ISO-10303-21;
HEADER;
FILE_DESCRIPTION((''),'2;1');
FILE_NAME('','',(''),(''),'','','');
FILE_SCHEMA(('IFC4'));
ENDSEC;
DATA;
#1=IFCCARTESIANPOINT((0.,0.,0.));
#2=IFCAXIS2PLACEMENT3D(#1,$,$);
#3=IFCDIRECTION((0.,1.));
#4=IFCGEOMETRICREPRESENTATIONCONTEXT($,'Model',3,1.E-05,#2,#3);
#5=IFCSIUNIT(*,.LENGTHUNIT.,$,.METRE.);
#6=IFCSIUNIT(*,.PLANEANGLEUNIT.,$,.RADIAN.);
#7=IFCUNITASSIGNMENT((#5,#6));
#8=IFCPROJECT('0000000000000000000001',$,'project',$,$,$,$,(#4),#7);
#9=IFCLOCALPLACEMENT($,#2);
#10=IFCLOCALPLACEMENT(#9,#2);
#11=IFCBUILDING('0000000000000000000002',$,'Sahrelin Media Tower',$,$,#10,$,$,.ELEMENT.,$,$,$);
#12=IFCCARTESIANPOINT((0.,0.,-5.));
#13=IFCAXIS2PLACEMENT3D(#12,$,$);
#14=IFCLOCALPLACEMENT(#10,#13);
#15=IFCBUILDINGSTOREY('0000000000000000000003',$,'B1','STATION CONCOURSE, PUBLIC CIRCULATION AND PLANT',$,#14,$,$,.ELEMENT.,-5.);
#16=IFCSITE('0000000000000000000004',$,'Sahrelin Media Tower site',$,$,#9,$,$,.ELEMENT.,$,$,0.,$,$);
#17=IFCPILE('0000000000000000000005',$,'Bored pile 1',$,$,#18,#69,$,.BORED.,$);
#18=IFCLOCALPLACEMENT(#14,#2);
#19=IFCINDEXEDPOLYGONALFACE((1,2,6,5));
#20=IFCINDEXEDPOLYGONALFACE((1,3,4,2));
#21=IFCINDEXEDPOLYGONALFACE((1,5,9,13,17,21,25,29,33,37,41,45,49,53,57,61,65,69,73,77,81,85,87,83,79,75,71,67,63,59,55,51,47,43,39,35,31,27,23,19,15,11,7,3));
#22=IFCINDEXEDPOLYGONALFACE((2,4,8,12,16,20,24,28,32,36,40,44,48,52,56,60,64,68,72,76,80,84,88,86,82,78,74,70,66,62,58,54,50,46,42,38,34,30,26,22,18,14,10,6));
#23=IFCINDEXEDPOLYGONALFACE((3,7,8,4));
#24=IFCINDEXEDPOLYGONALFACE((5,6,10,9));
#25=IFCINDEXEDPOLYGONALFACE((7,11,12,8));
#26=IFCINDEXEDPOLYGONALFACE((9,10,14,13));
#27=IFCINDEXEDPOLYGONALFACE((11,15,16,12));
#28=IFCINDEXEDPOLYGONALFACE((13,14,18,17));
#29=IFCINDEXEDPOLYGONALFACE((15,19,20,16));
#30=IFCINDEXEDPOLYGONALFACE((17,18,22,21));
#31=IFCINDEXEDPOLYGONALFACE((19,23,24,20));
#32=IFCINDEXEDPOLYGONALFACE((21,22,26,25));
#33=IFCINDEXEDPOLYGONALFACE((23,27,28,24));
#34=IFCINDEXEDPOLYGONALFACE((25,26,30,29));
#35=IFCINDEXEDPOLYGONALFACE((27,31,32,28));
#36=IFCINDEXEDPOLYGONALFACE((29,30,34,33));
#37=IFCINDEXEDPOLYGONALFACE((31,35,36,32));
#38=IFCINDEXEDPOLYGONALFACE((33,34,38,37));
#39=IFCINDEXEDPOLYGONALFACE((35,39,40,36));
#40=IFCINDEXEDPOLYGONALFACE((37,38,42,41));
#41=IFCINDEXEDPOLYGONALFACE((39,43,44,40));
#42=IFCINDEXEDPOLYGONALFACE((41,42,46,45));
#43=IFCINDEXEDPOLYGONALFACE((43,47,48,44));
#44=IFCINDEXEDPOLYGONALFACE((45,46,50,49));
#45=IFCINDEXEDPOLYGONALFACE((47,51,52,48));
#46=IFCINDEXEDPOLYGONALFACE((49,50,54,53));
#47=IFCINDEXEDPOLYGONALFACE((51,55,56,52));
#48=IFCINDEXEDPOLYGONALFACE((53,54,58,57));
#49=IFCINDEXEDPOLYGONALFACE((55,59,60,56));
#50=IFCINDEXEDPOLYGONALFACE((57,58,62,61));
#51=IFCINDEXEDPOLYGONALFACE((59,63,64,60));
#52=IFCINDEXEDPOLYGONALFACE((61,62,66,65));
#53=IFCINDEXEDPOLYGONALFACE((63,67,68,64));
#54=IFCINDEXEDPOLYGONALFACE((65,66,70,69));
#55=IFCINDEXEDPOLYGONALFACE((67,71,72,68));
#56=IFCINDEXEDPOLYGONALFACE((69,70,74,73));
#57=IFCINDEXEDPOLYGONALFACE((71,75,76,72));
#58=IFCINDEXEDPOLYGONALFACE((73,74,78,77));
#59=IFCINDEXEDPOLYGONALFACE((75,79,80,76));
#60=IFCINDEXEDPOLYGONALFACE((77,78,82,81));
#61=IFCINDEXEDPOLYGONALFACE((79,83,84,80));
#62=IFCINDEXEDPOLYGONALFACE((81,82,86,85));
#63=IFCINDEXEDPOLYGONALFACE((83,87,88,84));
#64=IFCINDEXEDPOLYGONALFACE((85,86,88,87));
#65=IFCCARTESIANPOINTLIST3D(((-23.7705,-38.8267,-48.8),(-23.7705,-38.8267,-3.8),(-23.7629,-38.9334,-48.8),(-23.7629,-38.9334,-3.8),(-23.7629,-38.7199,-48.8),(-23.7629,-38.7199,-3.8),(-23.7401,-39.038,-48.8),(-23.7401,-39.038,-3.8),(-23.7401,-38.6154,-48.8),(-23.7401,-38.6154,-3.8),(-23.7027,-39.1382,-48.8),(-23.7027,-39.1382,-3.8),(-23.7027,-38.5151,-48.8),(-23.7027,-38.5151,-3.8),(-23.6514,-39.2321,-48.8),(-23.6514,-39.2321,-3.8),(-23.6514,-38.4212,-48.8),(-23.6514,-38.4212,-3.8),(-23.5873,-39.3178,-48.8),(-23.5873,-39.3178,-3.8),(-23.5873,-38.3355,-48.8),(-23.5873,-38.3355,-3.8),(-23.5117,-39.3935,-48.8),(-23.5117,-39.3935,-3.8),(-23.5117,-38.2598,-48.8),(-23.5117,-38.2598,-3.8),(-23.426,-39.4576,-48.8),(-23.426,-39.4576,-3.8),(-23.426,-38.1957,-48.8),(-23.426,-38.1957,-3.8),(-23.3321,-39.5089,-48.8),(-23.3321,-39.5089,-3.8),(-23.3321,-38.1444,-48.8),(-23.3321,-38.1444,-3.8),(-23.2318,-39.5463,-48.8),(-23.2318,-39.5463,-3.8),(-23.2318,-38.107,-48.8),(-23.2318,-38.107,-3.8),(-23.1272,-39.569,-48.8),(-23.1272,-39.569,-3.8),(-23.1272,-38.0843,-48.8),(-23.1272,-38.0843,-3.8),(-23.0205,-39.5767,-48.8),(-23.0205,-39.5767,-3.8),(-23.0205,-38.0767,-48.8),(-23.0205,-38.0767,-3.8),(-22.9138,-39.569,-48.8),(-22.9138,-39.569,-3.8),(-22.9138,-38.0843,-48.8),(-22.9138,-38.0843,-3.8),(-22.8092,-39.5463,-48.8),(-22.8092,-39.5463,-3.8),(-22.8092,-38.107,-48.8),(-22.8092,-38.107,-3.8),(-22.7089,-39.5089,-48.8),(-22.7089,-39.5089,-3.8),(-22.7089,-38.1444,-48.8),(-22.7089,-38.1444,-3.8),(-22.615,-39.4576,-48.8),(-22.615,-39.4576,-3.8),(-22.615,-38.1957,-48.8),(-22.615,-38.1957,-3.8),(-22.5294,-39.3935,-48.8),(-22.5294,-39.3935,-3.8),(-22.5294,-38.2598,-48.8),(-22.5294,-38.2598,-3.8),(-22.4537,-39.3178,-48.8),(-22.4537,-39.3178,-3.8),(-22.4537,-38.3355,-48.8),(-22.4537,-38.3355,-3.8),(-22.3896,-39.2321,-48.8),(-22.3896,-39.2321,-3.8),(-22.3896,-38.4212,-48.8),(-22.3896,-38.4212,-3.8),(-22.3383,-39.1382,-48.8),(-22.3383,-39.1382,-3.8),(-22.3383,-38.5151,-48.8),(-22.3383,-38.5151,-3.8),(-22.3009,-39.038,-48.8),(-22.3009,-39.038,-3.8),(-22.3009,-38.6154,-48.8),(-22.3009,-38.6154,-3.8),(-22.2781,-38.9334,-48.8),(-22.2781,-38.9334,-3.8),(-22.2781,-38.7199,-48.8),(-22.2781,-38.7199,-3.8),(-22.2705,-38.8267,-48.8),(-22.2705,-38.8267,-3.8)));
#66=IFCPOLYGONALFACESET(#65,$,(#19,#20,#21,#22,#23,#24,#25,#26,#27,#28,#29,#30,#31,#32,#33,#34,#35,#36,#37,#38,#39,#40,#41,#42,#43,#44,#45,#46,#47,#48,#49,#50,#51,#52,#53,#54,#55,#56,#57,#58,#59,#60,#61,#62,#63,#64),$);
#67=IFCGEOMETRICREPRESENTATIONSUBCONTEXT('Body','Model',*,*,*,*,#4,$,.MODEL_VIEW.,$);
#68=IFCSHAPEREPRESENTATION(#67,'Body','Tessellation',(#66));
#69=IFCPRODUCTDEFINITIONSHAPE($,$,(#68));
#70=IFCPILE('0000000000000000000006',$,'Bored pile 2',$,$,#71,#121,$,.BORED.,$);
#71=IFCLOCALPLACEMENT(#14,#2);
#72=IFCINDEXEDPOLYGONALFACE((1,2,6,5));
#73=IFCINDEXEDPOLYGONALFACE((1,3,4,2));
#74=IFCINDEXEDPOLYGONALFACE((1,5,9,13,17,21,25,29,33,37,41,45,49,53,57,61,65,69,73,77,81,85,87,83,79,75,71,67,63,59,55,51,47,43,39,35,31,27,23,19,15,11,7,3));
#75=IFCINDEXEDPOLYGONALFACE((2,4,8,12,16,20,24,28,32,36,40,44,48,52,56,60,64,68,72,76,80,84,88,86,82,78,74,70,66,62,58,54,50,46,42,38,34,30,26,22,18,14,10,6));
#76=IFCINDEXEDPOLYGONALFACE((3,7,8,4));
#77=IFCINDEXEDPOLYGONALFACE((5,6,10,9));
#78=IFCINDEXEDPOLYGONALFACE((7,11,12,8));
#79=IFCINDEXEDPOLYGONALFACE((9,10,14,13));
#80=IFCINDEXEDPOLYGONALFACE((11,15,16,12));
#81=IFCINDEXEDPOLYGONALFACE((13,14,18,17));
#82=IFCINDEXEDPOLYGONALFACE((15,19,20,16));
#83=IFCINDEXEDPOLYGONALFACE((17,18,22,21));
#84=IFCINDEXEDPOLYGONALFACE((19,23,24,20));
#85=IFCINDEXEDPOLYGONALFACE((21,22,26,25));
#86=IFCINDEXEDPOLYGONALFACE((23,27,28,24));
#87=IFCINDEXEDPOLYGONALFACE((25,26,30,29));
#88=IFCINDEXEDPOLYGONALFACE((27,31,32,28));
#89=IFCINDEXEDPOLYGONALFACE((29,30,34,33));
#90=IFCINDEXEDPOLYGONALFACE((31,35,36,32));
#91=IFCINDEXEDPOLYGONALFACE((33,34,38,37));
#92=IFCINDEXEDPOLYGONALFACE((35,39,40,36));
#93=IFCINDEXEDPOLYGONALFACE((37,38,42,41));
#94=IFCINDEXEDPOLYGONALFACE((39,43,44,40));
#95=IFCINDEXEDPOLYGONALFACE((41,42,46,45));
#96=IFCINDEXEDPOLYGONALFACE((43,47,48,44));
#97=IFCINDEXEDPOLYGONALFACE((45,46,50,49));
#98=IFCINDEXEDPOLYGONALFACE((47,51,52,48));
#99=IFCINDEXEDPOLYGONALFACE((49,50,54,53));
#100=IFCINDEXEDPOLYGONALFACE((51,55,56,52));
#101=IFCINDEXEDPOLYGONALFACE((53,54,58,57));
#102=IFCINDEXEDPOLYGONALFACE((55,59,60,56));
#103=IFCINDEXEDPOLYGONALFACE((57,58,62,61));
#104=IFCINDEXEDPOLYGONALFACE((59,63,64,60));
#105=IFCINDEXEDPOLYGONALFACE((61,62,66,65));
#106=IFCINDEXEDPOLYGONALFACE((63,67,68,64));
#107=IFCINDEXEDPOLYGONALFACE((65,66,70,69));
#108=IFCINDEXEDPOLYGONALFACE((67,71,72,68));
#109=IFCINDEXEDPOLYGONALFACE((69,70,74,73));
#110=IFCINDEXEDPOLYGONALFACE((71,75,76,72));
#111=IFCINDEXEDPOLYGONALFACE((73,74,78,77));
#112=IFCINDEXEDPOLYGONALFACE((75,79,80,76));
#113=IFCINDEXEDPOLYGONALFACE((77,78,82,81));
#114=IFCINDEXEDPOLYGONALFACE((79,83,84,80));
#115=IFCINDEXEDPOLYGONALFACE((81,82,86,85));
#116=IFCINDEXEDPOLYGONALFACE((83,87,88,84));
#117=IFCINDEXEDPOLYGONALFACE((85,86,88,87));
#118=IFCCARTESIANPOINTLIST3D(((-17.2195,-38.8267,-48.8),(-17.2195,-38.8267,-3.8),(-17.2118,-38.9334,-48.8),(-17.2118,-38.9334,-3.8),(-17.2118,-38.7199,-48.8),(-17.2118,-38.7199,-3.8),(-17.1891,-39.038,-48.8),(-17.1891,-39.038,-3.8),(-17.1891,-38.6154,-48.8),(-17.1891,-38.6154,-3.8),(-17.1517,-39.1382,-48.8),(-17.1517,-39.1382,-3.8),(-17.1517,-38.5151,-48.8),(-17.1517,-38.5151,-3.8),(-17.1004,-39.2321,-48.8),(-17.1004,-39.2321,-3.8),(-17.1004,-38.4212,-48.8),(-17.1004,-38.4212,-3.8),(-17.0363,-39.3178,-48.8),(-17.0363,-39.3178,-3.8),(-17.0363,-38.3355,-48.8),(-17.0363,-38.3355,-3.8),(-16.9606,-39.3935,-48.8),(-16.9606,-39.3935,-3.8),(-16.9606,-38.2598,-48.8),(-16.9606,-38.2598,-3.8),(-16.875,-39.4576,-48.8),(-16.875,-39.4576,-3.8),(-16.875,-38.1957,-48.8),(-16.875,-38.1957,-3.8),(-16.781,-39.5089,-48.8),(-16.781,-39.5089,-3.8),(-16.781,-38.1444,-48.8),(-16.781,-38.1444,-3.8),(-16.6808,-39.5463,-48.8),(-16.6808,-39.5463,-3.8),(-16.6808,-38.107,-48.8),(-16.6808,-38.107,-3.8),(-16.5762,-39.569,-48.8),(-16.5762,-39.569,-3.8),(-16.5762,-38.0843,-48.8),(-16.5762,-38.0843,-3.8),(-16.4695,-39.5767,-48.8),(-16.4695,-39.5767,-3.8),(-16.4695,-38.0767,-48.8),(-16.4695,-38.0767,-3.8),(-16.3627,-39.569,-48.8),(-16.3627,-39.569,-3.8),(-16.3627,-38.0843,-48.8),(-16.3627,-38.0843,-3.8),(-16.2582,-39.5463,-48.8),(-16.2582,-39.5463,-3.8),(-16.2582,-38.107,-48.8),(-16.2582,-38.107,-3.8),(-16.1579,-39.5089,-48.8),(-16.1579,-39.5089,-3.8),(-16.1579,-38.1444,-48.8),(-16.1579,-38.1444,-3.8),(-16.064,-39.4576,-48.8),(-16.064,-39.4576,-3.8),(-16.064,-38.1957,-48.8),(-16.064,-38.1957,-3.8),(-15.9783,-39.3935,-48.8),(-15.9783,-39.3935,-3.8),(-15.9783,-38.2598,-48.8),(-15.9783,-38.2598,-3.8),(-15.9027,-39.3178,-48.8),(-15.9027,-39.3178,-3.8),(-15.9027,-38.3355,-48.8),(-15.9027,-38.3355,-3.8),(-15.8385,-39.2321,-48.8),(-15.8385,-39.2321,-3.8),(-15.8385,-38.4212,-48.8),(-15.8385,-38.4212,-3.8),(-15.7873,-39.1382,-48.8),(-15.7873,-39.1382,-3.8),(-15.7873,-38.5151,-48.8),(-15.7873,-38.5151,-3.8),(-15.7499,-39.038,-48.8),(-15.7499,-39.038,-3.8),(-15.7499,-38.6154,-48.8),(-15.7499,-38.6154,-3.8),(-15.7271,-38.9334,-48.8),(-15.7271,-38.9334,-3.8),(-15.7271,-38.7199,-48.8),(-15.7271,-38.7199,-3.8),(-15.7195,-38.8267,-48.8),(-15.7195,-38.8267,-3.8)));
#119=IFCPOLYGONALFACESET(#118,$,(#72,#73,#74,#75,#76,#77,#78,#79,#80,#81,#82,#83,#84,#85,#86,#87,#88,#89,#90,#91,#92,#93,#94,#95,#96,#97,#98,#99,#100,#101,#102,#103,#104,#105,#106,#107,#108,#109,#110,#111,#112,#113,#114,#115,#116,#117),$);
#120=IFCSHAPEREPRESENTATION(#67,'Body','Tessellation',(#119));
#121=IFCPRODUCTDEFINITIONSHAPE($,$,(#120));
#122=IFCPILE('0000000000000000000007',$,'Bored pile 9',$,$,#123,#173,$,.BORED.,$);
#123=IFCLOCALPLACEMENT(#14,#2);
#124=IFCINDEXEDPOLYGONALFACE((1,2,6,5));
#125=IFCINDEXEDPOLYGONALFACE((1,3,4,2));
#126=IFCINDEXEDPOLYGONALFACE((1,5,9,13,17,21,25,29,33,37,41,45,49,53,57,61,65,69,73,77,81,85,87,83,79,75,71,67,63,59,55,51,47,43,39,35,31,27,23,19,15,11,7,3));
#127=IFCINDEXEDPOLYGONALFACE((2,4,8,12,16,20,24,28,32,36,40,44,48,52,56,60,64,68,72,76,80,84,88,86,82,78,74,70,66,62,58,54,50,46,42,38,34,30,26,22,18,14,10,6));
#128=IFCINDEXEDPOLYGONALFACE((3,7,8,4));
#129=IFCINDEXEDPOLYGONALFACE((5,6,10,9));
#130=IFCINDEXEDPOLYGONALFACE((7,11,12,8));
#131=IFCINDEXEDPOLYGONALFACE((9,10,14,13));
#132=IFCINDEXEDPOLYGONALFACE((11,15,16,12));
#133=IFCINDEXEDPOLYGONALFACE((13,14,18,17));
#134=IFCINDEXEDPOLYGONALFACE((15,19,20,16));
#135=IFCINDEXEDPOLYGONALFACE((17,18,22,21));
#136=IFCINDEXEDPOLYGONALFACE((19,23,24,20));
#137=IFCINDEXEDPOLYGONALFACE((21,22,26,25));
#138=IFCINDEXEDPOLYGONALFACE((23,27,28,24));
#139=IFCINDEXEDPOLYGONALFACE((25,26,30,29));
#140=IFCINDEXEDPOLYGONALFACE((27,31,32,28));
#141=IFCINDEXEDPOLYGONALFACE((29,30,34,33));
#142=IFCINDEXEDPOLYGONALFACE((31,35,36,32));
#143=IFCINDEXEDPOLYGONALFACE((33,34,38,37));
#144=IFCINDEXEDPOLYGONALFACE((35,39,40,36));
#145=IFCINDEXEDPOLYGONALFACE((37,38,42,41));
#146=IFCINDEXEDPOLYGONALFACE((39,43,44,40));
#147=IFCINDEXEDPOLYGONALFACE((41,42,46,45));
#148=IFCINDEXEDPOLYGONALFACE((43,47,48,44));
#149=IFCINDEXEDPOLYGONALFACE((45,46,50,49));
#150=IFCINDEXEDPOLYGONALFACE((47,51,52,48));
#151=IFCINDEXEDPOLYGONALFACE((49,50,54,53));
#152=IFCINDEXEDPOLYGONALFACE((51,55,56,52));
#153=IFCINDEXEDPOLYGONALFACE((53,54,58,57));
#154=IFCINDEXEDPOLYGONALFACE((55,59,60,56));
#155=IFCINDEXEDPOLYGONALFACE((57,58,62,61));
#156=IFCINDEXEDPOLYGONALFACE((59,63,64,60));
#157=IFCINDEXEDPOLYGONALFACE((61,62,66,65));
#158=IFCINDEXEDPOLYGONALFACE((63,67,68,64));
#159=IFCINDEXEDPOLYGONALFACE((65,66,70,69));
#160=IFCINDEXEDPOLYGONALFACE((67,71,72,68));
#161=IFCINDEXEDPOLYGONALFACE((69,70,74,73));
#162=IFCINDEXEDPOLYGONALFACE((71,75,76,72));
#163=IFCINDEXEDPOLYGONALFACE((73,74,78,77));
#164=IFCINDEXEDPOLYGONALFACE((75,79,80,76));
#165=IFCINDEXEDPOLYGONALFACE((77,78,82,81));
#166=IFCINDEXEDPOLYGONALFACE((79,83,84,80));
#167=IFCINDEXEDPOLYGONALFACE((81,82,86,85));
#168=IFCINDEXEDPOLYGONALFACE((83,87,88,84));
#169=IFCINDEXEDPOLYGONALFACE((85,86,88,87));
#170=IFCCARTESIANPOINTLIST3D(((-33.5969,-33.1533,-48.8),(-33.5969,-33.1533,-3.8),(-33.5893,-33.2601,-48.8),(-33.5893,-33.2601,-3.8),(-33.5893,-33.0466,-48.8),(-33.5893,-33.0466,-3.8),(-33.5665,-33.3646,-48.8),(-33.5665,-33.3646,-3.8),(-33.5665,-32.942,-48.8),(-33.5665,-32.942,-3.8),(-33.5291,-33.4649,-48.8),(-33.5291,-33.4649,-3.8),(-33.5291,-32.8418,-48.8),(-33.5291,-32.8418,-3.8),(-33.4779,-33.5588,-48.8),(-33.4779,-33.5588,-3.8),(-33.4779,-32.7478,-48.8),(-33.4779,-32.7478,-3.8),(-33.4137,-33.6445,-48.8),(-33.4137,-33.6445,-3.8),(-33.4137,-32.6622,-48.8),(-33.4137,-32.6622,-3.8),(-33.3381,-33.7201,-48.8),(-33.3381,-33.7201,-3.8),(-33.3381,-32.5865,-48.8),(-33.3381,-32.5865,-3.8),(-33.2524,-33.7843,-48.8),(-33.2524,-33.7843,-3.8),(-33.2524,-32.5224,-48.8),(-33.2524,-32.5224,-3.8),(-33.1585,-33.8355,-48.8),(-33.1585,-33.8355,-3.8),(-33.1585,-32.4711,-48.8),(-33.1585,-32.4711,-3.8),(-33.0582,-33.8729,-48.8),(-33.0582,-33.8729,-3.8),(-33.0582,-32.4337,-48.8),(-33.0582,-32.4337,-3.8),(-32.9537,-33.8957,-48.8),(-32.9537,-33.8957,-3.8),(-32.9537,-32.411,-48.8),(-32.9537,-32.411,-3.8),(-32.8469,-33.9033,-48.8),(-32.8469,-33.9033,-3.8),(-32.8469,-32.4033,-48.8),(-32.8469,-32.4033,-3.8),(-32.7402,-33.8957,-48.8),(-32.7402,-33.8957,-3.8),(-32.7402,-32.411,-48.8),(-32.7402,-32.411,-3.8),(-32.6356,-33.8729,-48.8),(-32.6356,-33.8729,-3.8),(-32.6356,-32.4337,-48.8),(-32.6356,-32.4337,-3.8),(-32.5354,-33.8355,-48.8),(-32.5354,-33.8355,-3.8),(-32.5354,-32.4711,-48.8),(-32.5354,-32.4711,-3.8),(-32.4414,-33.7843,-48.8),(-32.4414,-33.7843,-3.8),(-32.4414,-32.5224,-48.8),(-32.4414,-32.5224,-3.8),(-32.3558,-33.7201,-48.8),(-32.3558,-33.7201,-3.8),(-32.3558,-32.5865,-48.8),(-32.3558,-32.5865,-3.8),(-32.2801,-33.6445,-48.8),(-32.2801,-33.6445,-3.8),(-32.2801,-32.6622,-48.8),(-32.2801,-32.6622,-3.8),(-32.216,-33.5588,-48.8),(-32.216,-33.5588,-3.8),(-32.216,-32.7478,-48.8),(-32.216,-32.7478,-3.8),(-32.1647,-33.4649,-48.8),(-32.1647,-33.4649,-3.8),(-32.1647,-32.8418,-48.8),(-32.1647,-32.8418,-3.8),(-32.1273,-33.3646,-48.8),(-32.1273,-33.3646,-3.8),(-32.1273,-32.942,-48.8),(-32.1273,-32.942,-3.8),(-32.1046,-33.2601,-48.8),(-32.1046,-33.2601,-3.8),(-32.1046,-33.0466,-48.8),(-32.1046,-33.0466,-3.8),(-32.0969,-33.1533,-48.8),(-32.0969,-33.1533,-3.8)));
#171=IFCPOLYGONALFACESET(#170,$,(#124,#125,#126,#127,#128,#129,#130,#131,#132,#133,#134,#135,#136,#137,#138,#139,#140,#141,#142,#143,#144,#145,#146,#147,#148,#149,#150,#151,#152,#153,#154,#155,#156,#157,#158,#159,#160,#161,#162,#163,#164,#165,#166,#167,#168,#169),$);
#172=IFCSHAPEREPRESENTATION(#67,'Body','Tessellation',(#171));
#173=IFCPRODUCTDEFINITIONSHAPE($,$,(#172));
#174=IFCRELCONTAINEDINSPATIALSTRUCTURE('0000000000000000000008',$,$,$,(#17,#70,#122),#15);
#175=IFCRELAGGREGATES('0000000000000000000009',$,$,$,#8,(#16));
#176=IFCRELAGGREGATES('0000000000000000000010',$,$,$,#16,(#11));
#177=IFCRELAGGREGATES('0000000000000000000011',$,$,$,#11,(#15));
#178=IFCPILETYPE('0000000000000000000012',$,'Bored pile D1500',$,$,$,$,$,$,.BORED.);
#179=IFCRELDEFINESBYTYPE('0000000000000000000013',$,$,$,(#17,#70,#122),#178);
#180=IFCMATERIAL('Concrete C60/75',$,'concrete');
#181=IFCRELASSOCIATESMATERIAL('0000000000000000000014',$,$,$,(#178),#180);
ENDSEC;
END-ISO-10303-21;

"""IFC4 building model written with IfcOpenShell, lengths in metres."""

from ifc_helpers import new_model, si_unit, direction, frame, origin, origin_2d, place, context, subcontext, project, spatial, circle, extrude, material, material_profile, profile_set, type_object, element, save


model = new_model("IFC4")

# Units and contexts
model_context = context("Model", 3, precision=1e-05, world=origin(), true_north=direction((0.0, 1.0)))
body_context = subcontext(model_context, "Body", "Model", "MODEL_VIEW")
ifc_project = project(units=[si_unit("LENGTHUNIT", "METRE"), si_unit("PLANEANGLEUNIT", "RADIAN")], contexts=[model_context])

# Site, building, storey
site_placement = place(None, origin())
site = spatial("IfcSite", under=ifc_project, at=site_placement, Name="Sahrelin Media Tower site", CompositionType="ELEMENT", RefElevation=0.0)
building_placement = place(site_placement, origin())
building = spatial("IfcBuilding", under=site, at=building_placement, Name="Sahrelin Media Tower", CompositionType="ELEMENT")
storey_placement = place(building_placement, frame((0.0, 0.0, -5.0)))
storey = spatial("IfcBuildingStorey", under=building, at=storey_placement, Name="B1", Description="STATION CONCOURSE, PUBLIC CIRCULATION AND PLANT", CompositionType="ELEMENT", Elevation=-5.0)

# Piles
ifc_material_1 = material(Name="Concrete C60/75", Category="concrete")
ifc_material_profile_1 = material_profile(ifc_material_1, circle(Radius=0.75, at=origin_2d()), Name="Bored pile D1500")
ifc_profile_set_1 = profile_set([ifc_material_profile_1], Name="Concrete C60/75")
pile_type = type_object("IfcPileType", Name="Bored pile D1500", PredefinedType="BORED", material=ifc_profile_set_1)
for number, where, z_axis, x_axis, name in (
    (1, (-23.0205, -38.8267, -3.8), (0.0, 0.0, -1.0), (1.0, 0.0, 0.0), "Bored pile 1"),
    (2, (-16.4695, -38.8267, -3.8), (0.0, 0.0, -1.0), (1.0, 0.0, 0.0), "Bored pile 2"),
    (3, (-32.8469, -33.1533, -3.8), (0.0, 0.0, -1.0), (1.0, 0.0, 0.0), "Bored pile 9"),
):
    element("IfcPile", number, at=place(storey_placement, frame(where, z_axis=z_axis, x_axis=x_axis)), inside=storey, type_object=pile_type, Name=name, PredefinedType="BORED", context=body_context, shape_type="SweptSolid", body=[
        extrude(circle(Radius=0.75, at=origin_2d()), origin(), (0.0, 0.0, 1.0), 45.0),
    ])

save(model, "model.ifc")
